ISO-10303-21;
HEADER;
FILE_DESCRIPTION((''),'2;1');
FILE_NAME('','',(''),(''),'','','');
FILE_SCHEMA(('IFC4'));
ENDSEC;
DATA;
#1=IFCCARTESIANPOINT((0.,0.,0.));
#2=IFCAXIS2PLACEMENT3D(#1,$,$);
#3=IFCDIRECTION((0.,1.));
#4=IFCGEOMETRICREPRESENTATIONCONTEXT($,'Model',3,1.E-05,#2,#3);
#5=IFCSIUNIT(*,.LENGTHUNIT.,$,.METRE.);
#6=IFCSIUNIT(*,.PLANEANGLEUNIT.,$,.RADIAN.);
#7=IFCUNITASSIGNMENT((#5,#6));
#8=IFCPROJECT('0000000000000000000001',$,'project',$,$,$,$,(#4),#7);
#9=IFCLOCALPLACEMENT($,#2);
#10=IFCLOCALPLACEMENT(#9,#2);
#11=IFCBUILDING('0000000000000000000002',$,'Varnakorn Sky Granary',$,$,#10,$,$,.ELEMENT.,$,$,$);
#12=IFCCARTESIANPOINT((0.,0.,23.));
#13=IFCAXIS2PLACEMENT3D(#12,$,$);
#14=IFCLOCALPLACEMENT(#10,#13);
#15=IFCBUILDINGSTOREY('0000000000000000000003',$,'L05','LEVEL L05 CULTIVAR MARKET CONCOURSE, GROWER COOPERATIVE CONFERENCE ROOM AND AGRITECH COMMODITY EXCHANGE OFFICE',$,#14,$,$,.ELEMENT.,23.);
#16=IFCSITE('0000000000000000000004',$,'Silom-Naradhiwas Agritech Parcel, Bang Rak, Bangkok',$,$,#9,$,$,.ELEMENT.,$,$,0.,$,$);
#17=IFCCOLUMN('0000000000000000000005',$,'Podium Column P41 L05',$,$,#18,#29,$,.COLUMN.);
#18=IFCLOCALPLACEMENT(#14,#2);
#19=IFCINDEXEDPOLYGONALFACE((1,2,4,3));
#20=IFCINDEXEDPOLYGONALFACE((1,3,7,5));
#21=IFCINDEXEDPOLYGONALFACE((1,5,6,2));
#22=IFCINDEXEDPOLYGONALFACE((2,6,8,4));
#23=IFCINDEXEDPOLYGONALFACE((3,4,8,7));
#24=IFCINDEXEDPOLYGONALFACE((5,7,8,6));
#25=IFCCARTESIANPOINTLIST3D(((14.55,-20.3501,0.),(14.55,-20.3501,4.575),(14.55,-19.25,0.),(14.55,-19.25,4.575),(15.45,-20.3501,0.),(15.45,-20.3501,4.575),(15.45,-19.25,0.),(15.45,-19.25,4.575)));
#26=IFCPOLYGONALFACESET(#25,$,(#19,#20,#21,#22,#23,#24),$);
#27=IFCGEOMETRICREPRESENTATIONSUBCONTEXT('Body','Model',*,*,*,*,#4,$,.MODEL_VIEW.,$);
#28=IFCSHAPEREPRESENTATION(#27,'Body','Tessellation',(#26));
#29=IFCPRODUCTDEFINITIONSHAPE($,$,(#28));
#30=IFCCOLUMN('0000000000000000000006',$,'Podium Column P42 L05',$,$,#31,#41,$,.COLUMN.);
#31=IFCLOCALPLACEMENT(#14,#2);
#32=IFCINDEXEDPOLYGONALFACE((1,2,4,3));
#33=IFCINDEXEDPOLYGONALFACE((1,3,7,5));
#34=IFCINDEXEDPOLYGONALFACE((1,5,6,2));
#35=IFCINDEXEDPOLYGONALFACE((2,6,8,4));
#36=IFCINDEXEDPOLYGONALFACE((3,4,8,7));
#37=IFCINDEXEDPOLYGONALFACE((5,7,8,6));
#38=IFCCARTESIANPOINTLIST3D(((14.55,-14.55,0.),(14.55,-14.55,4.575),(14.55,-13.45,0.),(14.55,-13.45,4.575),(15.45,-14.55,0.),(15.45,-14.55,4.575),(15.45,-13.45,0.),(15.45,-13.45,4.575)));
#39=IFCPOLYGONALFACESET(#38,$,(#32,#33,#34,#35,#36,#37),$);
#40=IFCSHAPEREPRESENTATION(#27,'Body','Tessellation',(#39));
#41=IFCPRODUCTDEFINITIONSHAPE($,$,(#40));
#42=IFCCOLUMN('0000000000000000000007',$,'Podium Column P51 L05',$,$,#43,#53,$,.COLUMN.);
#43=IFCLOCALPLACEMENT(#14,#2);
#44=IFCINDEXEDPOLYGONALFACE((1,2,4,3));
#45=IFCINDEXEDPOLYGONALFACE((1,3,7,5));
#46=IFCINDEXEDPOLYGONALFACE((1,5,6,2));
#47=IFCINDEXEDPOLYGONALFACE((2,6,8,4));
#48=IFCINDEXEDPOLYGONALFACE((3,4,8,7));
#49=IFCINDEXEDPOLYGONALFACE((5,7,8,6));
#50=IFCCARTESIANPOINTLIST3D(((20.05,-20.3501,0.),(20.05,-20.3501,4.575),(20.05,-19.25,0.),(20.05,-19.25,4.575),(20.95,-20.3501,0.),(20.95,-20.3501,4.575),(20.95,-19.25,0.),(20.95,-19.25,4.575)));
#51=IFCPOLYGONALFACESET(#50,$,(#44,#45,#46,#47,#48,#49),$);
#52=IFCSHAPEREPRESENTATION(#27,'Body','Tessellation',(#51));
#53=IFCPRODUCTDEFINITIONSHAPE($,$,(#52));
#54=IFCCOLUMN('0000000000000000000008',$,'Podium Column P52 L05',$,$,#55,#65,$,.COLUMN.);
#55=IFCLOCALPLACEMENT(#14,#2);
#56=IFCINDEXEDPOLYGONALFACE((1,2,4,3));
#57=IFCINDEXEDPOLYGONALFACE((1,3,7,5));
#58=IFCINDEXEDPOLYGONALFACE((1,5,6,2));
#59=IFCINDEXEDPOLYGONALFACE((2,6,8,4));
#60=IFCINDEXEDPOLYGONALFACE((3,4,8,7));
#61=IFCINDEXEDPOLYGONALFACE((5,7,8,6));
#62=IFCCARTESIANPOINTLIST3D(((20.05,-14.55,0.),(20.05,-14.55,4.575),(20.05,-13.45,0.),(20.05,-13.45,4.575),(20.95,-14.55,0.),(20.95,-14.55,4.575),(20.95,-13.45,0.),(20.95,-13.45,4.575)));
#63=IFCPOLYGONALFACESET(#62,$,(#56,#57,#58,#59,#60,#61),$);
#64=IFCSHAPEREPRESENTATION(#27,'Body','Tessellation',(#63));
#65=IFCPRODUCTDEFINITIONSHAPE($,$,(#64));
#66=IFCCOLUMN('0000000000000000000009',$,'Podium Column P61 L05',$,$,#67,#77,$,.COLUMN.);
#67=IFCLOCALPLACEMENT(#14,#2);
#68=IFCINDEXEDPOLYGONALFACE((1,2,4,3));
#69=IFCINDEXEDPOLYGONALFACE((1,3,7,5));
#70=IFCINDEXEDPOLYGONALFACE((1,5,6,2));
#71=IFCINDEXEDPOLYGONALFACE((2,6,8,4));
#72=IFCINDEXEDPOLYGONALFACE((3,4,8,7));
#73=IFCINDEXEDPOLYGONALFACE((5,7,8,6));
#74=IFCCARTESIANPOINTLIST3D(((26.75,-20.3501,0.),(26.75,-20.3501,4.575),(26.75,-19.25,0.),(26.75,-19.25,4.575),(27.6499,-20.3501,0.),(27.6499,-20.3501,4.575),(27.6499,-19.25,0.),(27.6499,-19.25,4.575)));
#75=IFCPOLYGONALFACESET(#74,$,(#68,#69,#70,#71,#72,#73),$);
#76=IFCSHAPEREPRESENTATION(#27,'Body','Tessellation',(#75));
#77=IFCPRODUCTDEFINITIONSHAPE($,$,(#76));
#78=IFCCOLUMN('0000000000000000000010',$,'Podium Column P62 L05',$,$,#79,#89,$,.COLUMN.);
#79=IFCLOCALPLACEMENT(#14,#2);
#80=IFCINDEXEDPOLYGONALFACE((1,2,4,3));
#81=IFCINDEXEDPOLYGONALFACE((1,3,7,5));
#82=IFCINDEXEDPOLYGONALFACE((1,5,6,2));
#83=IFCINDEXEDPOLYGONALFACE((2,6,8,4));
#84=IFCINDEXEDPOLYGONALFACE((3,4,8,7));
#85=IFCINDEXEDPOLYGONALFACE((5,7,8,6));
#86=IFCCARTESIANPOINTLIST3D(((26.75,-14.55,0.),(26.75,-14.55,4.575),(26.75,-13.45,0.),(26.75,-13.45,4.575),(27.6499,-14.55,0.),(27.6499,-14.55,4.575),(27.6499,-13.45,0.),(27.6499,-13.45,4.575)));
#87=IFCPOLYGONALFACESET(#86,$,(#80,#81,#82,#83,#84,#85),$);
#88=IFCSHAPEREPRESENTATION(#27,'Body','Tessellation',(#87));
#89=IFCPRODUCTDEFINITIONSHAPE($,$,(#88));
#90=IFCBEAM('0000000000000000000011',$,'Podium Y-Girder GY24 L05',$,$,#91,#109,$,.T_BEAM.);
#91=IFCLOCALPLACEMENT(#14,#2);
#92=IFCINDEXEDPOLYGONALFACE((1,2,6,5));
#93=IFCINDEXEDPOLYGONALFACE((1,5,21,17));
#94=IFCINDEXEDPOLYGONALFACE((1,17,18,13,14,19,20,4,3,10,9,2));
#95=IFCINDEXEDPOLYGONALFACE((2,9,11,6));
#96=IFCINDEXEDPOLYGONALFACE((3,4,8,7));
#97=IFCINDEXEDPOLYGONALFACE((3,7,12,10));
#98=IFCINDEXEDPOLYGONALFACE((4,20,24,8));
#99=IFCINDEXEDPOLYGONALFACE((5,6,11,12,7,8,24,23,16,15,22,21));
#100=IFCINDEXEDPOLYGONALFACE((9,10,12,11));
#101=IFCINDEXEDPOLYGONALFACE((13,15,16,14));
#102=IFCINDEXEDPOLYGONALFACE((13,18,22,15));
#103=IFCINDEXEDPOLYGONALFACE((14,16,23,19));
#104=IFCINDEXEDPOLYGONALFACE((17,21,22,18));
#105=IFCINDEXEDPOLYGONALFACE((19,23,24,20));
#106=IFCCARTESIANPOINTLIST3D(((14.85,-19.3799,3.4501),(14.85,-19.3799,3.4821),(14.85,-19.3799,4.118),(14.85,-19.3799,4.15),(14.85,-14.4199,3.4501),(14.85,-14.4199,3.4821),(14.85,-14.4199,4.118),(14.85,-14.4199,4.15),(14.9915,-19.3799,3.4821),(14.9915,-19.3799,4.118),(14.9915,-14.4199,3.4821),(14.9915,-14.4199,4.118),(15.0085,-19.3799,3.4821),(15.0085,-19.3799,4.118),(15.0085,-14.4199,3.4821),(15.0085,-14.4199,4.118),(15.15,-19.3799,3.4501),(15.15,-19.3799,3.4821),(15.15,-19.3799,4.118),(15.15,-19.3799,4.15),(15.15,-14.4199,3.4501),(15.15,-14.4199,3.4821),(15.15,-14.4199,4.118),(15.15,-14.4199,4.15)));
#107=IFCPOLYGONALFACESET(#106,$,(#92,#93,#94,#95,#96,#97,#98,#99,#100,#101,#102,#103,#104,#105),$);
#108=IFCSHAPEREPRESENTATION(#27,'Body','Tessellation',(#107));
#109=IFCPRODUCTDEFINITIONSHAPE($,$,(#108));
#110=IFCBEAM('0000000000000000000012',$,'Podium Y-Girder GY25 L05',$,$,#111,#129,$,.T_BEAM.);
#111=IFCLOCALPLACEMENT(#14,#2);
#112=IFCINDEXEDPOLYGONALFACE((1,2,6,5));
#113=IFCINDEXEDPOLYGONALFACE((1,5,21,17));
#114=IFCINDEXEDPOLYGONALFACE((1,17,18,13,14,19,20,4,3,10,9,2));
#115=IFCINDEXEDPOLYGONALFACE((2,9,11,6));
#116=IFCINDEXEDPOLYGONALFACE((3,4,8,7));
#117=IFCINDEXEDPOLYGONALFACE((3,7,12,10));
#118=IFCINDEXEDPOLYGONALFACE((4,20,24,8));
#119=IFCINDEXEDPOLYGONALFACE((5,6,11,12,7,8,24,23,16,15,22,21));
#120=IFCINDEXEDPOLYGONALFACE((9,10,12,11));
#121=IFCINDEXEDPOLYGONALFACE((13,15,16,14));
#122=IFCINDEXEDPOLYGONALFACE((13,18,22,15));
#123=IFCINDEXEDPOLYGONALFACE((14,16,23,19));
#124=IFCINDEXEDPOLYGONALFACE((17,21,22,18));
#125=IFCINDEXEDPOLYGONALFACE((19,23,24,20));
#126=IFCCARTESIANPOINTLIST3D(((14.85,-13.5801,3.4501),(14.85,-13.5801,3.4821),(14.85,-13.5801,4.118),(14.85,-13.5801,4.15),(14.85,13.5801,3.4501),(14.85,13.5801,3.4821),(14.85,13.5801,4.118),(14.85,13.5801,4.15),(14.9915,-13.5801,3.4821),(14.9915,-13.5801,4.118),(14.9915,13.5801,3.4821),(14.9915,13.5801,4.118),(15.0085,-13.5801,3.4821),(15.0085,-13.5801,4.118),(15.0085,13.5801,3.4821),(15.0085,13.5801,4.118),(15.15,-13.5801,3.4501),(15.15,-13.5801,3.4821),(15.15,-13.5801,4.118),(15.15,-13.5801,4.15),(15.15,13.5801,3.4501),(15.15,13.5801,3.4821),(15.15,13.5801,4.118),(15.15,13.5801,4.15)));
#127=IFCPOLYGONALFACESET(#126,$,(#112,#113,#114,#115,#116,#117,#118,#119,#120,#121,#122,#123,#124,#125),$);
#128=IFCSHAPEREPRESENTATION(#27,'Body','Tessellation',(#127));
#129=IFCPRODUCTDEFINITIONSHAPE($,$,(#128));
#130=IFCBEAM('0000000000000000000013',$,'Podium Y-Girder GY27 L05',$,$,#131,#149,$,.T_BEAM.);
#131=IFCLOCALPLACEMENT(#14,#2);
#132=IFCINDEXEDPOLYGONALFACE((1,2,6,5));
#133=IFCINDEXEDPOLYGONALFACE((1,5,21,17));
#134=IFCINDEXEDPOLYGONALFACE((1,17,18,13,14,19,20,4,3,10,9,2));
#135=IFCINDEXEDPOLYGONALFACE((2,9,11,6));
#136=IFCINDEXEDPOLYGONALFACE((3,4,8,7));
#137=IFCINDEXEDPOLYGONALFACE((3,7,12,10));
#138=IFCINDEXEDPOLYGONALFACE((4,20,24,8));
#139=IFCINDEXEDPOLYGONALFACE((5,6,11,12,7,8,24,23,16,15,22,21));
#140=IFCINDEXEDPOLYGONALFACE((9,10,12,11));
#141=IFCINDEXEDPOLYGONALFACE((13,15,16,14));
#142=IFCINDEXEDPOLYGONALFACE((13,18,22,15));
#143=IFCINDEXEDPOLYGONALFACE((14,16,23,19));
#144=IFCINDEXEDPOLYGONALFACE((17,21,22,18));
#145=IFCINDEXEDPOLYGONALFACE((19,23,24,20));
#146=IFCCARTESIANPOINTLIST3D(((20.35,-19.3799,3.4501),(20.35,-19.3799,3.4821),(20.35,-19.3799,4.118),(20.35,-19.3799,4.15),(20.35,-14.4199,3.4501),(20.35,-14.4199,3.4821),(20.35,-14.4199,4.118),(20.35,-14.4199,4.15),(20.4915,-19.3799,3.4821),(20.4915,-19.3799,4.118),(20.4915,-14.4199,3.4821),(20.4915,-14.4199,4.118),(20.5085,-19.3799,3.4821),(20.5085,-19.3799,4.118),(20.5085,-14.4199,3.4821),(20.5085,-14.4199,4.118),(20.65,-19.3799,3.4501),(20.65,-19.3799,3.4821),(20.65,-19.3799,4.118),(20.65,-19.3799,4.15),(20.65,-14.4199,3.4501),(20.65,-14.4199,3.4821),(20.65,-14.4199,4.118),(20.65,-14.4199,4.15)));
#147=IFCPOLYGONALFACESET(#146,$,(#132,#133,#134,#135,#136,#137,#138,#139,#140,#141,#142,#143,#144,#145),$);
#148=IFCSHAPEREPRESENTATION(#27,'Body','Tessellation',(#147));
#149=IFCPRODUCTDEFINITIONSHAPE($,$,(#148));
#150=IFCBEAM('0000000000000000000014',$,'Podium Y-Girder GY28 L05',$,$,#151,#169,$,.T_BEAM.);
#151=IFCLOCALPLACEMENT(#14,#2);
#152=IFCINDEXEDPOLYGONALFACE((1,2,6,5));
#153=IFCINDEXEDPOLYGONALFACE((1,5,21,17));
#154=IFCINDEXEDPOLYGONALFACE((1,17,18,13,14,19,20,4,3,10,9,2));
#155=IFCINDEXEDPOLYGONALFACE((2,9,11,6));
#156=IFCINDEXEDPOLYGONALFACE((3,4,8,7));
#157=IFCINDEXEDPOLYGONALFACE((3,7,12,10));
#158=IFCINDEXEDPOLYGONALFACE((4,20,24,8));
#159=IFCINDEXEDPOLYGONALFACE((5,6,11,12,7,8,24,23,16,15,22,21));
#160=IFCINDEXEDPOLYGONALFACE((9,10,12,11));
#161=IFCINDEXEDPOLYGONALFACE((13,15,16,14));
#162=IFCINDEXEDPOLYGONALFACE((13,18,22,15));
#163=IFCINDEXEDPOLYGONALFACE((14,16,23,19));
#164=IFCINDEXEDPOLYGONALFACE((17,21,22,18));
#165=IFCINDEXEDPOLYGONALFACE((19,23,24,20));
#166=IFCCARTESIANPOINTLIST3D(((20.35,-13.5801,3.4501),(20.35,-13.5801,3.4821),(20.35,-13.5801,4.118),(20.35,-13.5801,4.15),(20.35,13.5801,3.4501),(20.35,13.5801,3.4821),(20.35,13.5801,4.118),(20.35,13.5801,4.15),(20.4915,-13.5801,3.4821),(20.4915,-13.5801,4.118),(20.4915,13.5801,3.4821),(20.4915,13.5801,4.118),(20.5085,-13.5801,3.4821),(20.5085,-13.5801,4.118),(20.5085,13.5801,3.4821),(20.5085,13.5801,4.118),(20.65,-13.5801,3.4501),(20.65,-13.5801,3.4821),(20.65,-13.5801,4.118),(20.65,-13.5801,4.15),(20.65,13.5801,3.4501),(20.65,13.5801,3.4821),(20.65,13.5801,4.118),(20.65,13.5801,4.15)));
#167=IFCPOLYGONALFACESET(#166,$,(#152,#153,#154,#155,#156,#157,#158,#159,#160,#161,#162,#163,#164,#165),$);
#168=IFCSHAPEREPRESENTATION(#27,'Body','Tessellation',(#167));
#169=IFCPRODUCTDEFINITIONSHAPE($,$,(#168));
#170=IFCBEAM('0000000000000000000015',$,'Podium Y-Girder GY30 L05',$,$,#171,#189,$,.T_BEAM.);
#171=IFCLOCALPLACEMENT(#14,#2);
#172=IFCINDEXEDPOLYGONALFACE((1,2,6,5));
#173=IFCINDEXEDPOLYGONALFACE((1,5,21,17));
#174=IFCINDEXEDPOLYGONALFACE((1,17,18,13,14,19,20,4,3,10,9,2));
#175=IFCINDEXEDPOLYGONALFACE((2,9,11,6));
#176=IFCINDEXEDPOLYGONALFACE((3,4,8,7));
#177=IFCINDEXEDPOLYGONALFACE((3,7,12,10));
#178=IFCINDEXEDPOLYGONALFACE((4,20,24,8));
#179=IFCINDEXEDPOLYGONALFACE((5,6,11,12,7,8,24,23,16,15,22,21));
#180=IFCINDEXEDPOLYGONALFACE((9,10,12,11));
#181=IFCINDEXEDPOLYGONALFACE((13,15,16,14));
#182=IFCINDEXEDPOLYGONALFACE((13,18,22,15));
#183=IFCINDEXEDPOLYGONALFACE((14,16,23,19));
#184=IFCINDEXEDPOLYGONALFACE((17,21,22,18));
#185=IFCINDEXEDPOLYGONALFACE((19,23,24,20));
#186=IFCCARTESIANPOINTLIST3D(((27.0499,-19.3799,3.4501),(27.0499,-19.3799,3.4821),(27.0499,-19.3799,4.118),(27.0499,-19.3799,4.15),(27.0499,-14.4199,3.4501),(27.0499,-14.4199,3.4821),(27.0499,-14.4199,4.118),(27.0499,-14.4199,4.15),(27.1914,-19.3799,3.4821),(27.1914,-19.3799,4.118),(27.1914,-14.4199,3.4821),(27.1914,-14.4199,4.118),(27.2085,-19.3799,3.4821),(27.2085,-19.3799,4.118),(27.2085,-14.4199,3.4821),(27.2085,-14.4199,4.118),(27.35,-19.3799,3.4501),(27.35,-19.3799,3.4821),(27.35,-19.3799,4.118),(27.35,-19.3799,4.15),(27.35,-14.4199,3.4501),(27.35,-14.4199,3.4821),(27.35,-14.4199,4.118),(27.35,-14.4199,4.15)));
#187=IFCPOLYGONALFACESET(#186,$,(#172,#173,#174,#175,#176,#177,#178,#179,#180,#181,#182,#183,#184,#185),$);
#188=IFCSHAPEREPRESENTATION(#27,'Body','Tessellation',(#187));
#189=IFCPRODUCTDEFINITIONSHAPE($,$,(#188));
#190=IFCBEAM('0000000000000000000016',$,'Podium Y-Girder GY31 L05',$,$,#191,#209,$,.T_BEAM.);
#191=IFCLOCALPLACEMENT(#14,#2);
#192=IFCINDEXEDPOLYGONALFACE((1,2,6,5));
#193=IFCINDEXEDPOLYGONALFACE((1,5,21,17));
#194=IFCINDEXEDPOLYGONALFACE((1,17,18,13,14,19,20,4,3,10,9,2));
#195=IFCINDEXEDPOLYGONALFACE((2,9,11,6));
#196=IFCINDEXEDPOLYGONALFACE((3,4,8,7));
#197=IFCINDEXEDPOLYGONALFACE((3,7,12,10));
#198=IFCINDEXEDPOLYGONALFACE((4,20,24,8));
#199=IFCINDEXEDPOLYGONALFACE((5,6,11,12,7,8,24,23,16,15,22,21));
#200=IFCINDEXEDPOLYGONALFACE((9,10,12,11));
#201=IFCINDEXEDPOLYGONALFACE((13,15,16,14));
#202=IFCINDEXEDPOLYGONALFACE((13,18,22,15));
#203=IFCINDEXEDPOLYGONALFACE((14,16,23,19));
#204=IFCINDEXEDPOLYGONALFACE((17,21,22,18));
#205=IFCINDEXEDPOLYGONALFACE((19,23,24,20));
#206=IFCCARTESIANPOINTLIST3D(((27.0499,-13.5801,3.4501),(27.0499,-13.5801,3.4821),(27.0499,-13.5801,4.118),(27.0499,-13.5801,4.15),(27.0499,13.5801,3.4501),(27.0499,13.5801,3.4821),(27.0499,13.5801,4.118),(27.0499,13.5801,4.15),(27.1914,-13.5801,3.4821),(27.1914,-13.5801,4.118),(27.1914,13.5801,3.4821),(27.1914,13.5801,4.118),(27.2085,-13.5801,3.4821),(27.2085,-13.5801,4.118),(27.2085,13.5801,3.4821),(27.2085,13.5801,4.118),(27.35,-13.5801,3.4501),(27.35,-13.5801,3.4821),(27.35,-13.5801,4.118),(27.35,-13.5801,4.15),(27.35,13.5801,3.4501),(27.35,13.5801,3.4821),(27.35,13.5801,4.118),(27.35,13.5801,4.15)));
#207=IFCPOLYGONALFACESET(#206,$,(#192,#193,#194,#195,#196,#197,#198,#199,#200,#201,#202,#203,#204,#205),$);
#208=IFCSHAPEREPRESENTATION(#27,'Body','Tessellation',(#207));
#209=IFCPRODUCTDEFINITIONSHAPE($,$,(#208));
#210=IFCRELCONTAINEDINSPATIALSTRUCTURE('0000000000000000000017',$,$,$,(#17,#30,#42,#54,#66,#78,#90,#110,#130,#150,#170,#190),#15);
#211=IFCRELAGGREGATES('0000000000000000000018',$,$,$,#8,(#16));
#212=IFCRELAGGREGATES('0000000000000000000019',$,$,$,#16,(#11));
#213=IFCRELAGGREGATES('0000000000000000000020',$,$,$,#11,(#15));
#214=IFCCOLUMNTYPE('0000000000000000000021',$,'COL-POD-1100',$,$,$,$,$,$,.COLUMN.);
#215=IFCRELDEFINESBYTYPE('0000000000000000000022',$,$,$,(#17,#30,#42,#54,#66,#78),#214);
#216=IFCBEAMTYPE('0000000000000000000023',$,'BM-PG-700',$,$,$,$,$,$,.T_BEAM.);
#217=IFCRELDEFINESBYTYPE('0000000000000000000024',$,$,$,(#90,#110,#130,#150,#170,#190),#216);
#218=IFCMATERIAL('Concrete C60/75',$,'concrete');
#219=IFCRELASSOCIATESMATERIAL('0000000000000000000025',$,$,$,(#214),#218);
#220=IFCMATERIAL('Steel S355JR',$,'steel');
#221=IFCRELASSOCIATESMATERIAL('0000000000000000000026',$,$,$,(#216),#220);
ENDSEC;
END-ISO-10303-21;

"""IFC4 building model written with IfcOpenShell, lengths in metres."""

from ifc_helpers import new_model, si_unit, direction, frame, origin, origin_2d, place, context, subcontext, project, spatial, rectangle, i_section, extrude, material, material_profile, profile_set, type_object, element, save


model = new_model("IFC4")

# Units and contexts
model_context = context("Model", 3, precision=1e-05, world=origin(), true_north=direction((0.0, 1.0)))
body_context = subcontext(model_context, "Body", "Model", "MODEL_VIEW")
ifc_project = project(units=[si_unit("LENGTHUNIT", "METRE"), si_unit("PLANEANGLEUNIT", "RADIAN")], contexts=[model_context])

# Site, building, storey
site_placement = place(None, origin())
site = spatial("IfcSite", under=ifc_project, at=site_placement, Name="Silom-Naradhiwas Agritech Parcel, Bang Rak, Bangkok", CompositionType="ELEMENT", RefElevation=0.0)
building_placement = place(site_placement, origin())
building = spatial("IfcBuilding", under=site, at=building_placement, Name="Varnakorn Sky Granary", CompositionType="ELEMENT")
storey_placement = place(building_placement, frame((0.0, 0.0, 23.0)))
storey = spatial("IfcBuildingStorey", under=building, at=storey_placement, Name="L05", Description="LEVEL L05 CULTIVAR MARKET CONCOURSE, GROWER COOPERATIVE CONFERENCE ROOM AND AGRITECH COMMODITY EXCHANGE OFFICE", CompositionType="ELEMENT", Elevation=23.0)

# Columns
ifc_material_1 = material(Name="Concrete C60/75", Category="concrete")
ifc_material_profile_1 = material_profile(ifc_material_1, rectangle(XDim=0.8999, YDim=1.1001, at=origin_2d()), Name="RC 900x1100")
ifc_profile_set_1 = profile_set([ifc_material_profile_1], Name="Concrete C60/75")
column_type = type_object("IfcColumnType", Name="COL-POD-1100", PredefinedType="COLUMN", material=ifc_profile_set_1)
for number, where, z_axis, x_axis, name in (
    (1, (15.0, -19.8, 0.0), (0.0, 0.0, 1.0), (1.0, 0.0, 0.0), "Podium Column P41 L05"),
    (2, (15.0, -14.0, 0.0), (0.0, 0.0, 1.0), (1.0, 0.0, 0.0), "Podium Column P42 L05"),
    (3, (20.5, -19.8, 0.0), (0.0, 0.0, 1.0), (1.0, 0.0, 0.0), "Podium Column P51 L05"),
    (4, (20.5, -14.0, 0.0), (0.0, 0.0, 1.0), (1.0, 0.0, 0.0), "Podium Column P52 L05"),
    (5, (27.2, -19.8, 0.0), (0.0, 0.0, 1.0), (1.0, 0.0, 0.0), "Podium Column P61 L05"),
    (6, (27.2, -14.0, 0.0), (0.0, 0.0, 1.0), (1.0, 0.0, 0.0), "Podium Column P62 L05"),
):
    element("IfcColumn", number, at=place(storey_placement, frame(where, z_axis=z_axis, x_axis=x_axis)), inside=storey, type_object=column_type, Name=name, PredefinedType="COLUMN", context=body_context, shape_type="SweptSolid", body=[
        extrude(rectangle(XDim=0.8999, YDim=1.1001, at=origin_2d()), origin(), (0.0, 0.0, 1.0), 4.575),
    ])

# Beams
ifc_material_2 = material(Name="Steel S355JR", Category="steel")
ifc_material_profile_2 = material_profile(ifc_material_2, i_section(OverallWidth=0.3, OverallDepth=0.7, WebThickness=0.0171, FlangeThickness=0.032, at=origin_2d()), Name="HE 700 B")
ifc_profile_set_2 = profile_set([ifc_material_profile_2], Name="Steel S355JR")
beam_type_1 = type_object("IfcBeamType", Name="BM-PG-700", PredefinedType="T_BEAM", material=ifc_profile_set_2)
beam_1_placement = place(storey_placement, frame((15.0, -19.3799, 3.8), z_axis=(0.0, 1.0, 0.0), x_axis=(-1.0, 0.0, 0.0)))
element("IfcBeam", 7, at=beam_1_placement, inside=storey, type_object=beam_type_1, Name="Podium Y-Girder GY24 L05", PredefinedType="T_BEAM", context=body_context, shape_type="SweptSolid", body=[
    extrude(i_section(OverallWidth=0.3, OverallDepth=0.7, WebThickness=0.0171, FlangeThickness=0.032, at=origin_2d()), origin(), (0.0, 0.0, 1.0), 4.96),
])
beam_2_placement = place(storey_placement, frame((15.0, -13.5801, 3.8), z_axis=(0.0, 1.0, 0.0), x_axis=(-1.0, 0.0, 0.0)))
element("IfcBeam", 8, at=beam_2_placement, inside=storey, type_object=beam_type_1, Name="Podium Y-Girder GY25 L05", PredefinedType="T_BEAM", context=body_context, shape_type="SweptSolid", body=[
    extrude(i_section(OverallWidth=0.3, OverallDepth=0.7, WebThickness=0.0171, FlangeThickness=0.032, at=origin_2d()), origin(), (0.0, 0.0, 1.0), 27.1602),
])
beam_3_placement = place(storey_placement, frame((20.5, -19.3799, 3.8), z_axis=(0.0, 1.0, 0.0), x_axis=(-1.0, 0.0, 0.0)))
element("IfcBeam", 9, at=beam_3_placement, inside=storey, type_object=beam_type_1, Name="Podium Y-Girder GY27 L05", PredefinedType="T_BEAM", context=body_context, shape_type="SweptSolid", body=[
    extrude(i_section(OverallWidth=0.3, OverallDepth=0.7, WebThickness=0.0171, FlangeThickness=0.032, at=origin_2d()), origin(), (0.0, 0.0, 1.0), 4.96),
])
beam_4_placement = place(storey_placement, frame((20.5, -13.5801, 3.8), z_axis=(0.0, 1.0, 0.0), x_axis=(-1.0, 0.0, 0.0)))
element("IfcBeam", 10, at=beam_4_placement, inside=storey, type_object=beam_type_1, Name="Podium Y-Girder GY28 L05", PredefinedType="T_BEAM", context=body_context, shape_type="SweptSolid", body=[
    extrude(i_section(OverallWidth=0.3, OverallDepth=0.7, WebThickness=0.0171, FlangeThickness=0.032, at=origin_2d()), origin(), (0.0, 0.0, 1.0), 27.1602),
])
beam_5_placement = place(storey_placement, frame((27.2, -19.3799, 3.8), z_axis=(0.0, 1.0, 0.0), x_axis=(-1.0, 0.0, 0.0)))
element("IfcBeam", 11, at=beam_5_placement, inside=storey, type_object=beam_type_1, Name="Podium Y-Girder GY30 L05", PredefinedType="T_BEAM", context=body_context, shape_type="SweptSolid", body=[
    extrude(i_section(OverallWidth=0.3, OverallDepth=0.7, WebThickness=0.0171, FlangeThickness=0.032, at=origin_2d()), origin(), (0.0, 0.0, 1.0), 4.96),
])
beam_6_placement = place(storey_placement, frame((27.2, -13.5801, 3.8), z_axis=(0.0, 1.0, 0.0), x_axis=(-1.0, 0.0, 0.0)))
element("IfcBeam", 12, at=beam_6_placement, inside=storey, type_object=beam_type_1, Name="Podium Y-Girder GY31 L05", PredefinedType="T_BEAM", context=body_context, shape_type="SweptSolid", body=[
    extrude(i_section(OverallWidth=0.3, OverallDepth=0.7, WebThickness=0.0171, FlangeThickness=0.032, at=origin_2d()), origin(), (0.0, 0.0, 1.0), 27.1602),
])

save(model, "model.ifc")
